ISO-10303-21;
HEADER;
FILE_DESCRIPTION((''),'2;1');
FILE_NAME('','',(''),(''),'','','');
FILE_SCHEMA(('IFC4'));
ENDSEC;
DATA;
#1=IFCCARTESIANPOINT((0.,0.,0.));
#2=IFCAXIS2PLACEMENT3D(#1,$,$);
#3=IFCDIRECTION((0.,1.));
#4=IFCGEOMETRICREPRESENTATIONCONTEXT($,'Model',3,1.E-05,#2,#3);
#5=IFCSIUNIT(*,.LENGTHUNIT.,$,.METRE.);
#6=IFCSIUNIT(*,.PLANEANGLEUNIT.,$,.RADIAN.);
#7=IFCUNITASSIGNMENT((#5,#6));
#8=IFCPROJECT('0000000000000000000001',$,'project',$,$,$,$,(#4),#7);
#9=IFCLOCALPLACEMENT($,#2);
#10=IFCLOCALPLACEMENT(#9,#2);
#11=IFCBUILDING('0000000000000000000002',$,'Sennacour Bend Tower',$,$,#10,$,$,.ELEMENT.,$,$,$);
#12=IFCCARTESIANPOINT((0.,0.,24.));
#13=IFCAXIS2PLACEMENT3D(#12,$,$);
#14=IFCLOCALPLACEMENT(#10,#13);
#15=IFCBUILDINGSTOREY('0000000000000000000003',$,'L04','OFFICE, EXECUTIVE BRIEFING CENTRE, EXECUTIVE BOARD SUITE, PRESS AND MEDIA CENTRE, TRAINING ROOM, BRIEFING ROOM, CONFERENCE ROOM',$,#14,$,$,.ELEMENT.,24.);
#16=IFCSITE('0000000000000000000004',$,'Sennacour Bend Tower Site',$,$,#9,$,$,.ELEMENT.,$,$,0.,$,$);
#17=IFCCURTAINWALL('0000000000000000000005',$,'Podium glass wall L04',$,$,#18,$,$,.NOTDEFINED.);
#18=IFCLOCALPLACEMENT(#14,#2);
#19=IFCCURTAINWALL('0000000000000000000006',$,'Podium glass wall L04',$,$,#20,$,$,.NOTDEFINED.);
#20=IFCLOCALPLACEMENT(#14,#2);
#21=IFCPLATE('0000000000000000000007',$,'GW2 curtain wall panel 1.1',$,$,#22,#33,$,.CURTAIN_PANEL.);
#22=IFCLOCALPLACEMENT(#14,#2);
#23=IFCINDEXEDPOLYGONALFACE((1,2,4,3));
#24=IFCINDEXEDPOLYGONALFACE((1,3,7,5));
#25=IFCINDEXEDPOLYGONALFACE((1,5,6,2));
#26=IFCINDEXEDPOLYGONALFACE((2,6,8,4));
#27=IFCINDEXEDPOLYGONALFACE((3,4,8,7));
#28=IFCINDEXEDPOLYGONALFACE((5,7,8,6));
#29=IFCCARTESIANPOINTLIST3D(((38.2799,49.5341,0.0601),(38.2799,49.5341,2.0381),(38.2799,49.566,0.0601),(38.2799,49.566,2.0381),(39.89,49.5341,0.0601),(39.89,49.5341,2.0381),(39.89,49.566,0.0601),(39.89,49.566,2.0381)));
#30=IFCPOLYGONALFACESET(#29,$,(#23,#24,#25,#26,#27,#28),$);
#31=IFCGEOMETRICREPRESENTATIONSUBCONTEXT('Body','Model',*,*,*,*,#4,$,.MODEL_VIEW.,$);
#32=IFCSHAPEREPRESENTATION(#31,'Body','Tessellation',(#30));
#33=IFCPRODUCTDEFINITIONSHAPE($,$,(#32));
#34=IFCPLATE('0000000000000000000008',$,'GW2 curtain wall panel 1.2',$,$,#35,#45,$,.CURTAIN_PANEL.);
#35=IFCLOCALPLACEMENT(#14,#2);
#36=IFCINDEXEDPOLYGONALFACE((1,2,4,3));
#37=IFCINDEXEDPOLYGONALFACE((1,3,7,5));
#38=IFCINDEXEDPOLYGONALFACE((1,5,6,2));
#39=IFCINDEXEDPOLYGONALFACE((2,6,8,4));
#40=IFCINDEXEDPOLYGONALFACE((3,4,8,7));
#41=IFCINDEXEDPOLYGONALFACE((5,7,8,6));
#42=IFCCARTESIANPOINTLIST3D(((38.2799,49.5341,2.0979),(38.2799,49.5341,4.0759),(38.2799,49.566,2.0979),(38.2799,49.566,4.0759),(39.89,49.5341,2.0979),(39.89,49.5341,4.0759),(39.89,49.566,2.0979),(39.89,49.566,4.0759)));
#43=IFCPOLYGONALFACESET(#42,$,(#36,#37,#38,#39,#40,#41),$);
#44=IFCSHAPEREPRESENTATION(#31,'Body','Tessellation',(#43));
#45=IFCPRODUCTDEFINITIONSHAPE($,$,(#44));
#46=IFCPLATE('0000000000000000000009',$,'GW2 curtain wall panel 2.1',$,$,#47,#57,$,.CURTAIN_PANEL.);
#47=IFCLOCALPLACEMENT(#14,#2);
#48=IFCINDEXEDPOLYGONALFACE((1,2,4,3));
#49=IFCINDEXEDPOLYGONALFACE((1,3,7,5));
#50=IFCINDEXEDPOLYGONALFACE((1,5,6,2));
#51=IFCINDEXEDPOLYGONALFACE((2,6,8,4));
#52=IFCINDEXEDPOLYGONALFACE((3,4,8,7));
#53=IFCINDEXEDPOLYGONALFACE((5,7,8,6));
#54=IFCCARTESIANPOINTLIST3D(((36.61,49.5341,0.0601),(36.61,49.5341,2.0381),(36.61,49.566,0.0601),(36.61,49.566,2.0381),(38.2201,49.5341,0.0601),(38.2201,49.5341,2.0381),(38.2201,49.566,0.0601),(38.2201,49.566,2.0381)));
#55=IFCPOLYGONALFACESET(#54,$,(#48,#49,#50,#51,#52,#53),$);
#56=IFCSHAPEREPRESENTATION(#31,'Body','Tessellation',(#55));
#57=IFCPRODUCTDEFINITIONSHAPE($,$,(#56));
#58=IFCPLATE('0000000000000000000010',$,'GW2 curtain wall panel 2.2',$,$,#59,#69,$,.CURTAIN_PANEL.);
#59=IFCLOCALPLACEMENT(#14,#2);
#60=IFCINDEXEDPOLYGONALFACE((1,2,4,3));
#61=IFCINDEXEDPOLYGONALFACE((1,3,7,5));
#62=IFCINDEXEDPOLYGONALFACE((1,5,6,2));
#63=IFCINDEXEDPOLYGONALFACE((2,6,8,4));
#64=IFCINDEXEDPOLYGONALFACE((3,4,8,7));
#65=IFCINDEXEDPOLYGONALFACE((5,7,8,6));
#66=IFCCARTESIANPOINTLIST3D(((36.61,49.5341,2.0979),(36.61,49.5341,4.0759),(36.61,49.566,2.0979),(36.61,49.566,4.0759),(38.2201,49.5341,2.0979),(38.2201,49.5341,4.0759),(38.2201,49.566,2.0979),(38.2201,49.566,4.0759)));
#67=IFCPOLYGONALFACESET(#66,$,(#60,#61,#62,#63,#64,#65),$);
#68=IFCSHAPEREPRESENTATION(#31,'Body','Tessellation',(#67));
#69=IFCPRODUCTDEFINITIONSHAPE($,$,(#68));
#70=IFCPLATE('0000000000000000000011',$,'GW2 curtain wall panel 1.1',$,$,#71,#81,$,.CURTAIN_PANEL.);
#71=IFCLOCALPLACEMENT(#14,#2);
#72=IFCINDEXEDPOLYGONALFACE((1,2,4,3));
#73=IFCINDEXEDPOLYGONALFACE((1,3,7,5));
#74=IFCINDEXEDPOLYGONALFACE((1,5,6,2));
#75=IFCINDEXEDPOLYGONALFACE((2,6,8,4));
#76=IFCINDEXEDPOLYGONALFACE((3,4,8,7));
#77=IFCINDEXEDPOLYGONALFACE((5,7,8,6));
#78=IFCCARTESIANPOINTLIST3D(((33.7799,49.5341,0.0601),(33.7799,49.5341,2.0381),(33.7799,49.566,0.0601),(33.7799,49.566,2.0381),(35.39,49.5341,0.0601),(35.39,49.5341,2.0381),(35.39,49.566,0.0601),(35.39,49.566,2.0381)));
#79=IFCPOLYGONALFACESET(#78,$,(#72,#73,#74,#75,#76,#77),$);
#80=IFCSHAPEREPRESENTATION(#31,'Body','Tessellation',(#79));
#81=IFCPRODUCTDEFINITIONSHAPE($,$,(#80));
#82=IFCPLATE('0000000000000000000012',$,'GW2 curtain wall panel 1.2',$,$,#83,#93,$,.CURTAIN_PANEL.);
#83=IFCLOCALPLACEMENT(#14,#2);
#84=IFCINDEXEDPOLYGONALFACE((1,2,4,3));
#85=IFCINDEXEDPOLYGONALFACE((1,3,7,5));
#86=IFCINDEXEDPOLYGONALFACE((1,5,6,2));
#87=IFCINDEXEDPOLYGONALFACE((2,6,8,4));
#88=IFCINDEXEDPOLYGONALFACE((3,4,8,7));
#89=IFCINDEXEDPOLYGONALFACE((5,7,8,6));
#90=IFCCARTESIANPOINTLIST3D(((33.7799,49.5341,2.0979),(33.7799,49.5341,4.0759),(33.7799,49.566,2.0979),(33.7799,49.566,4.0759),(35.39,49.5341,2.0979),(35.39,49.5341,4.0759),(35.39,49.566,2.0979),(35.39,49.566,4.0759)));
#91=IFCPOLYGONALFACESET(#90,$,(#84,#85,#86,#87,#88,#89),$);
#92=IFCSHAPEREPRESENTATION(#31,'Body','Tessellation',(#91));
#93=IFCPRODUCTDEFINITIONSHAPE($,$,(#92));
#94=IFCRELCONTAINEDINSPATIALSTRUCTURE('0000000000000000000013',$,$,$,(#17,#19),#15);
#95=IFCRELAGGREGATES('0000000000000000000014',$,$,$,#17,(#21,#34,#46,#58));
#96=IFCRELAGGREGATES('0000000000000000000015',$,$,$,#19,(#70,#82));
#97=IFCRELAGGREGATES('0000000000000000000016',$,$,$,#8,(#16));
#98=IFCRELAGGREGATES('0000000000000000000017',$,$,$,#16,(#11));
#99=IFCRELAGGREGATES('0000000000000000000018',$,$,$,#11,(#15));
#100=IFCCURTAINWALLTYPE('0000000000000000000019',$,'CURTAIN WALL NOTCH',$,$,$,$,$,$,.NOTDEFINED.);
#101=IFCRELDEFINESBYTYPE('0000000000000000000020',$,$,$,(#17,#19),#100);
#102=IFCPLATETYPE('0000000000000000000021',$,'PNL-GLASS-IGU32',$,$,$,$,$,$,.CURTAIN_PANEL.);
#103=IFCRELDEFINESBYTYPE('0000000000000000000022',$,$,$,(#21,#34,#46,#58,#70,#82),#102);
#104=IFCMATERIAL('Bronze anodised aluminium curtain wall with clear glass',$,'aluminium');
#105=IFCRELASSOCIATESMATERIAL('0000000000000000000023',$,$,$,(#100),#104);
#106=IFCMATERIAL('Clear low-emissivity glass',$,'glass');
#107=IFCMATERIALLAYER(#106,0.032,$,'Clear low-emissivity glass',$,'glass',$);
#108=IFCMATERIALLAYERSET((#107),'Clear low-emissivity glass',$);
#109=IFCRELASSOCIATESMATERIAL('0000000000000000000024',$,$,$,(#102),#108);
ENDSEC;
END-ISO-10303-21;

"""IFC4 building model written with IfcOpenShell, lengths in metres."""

from ifc_helpers import new_model, si_unit, direction, frame, origin, origin_2d, place, context, subcontext, project, spatial, rectangle, extrude, material, layer, layer_set, type_object, element, aggregate, save


model = new_model("IFC4")

# Units and contexts
model_context = context("Model", 3, precision=1e-05, world=origin(), true_north=direction((0.0, 1.0)))
body_context = subcontext(model_context, "Body", "Model", "MODEL_VIEW")
ifc_project = project(units=[si_unit("LENGTHUNIT", "METRE"), si_unit("PLANEANGLEUNIT", "RADIAN")], contexts=[model_context])

# Site, building, storey
site_placement = place(None, origin())
site = spatial("IfcSite", under=ifc_project, at=site_placement, Name="Sennacour Bend Tower Site", CompositionType="ELEMENT", RefElevation=0.0)
building_placement = place(site_placement, origin())
building = spatial("IfcBuilding", under=site, at=building_placement, Name="Sennacour Bend Tower", CompositionType="ELEMENT")
storey_placement = place(building_placement, frame((0.0, 0.0, 24.0)))
storey = spatial("IfcBuildingStorey", under=building, at=storey_placement, Name="L04", Description="OFFICE, EXECUTIVE BRIEFING CENTRE, EXECUTIVE BOARD SUITE, PRESS AND MEDIA CENTRE, TRAINING ROOM, BRIEFING ROOM, CONFERENCE ROOM", CompositionType="ELEMENT", Elevation=24.0)

# Curtain walls
ifc_material_1 = material(Name="Bronze anodised aluminium curtain wall with clear glass", Category="aluminium")
curtain_wall_type = type_object("IfcCurtainWallType", Name="CURTAIN WALL NOTCH", PredefinedType="NOTDEFINED", material=ifc_material_1)
curtain_wall_1_placement = place(storey_placement, origin())
curtain_wall_1 = element("IfcCurtainWall", 1, at=curtain_wall_1_placement, inside=storey, type_object=curtain_wall_type, Name="Podium glass wall L04", PredefinedType="NOTDEFINED")
curtain_wall_2_placement = place(storey_placement, origin())
curtain_wall_2 = element("IfcCurtainWall", 2, at=curtain_wall_2_placement, inside=storey, type_object=curtain_wall_type, Name="Podium glass wall L04", PredefinedType="NOTDEFINED")

# Plates
ifc_material_2 = material(Name="Clear low-emissivity glass", Category="glass")
ifc_layer = layer(ifc_material_2, 0.032, Name="Clear low-emissivity glass", Category="glass")
ifc_layer_set = layer_set([ifc_layer], Name="Clear low-emissivity glass")
plate_type = type_object("IfcPlateType", Name="PNL-GLASS-IGU32", PredefinedType="CURTAIN_PANEL", material=ifc_layer_set)
plate_1_placement = place(storey_placement, frame((39.085, 49.55, 0.0601), z_axis=(0.0, 0.0, 1.0), x_axis=(-1.0, 0.0, 0.0)))
plate_1 = element("IfcPlate", 3, at=plate_1_placement, type_object=plate_type, Name="GW2 curtain wall panel 1.1", PredefinedType="CURTAIN_PANEL", context=body_context, shape_type="SweptSolid", body=[
    extrude(rectangle(XDim=1.6101, YDim=0.032, at=origin_2d()), origin(), (0.0, 0.0, 1.0), 1.978),
])
plate_2_placement = place(storey_placement, frame((39.085, 49.55, 2.0979), z_axis=(0.0, 0.0, 1.0), x_axis=(-1.0, 0.0, 0.0)))
plate_2 = element("IfcPlate", 4, at=plate_2_placement, type_object=plate_type, Name="GW2 curtain wall panel 1.2", PredefinedType="CURTAIN_PANEL", context=body_context, shape_type="SweptSolid", body=[
    extrude(rectangle(XDim=1.6101, YDim=0.032, at=origin_2d()), origin(), (0.0, 0.0, 1.0), 1.978),
])
plate_3_placement = place(storey_placement, frame((37.415, 49.55, 0.0601), z_axis=(0.0, 0.0, 1.0), x_axis=(-1.0, 0.0, 0.0)))
plate_3 = element("IfcPlate", 5, at=plate_3_placement, type_object=plate_type, Name="GW2 curtain wall panel 2.1", PredefinedType="CURTAIN_PANEL", context=body_context, shape_type="SweptSolid", body=[
    extrude(rectangle(XDim=1.6101, YDim=0.032, at=origin_2d()), origin(), (0.0, 0.0, 1.0), 1.978),
])
plate_4_placement = place(storey_placement, frame((37.415, 49.55, 2.0979), z_axis=(0.0, 0.0, 1.0), x_axis=(-1.0, 0.0, 0.0)))
plate_4 = element("IfcPlate", 6, at=plate_4_placement, type_object=plate_type, Name="GW2 curtain wall panel 2.2", PredefinedType="CURTAIN_PANEL", context=body_context, shape_type="SweptSolid", body=[
    extrude(rectangle(XDim=1.6101, YDim=0.032, at=origin_2d()), origin(), (0.0, 0.0, 1.0), 1.978),
])
aggregate(curtain_wall_1, [plate_1, plate_2, plate_3, plate_4])
plate_5_placement = place(storey_placement, frame((34.585, 49.55, 0.0601), z_axis=(0.0, 0.0, 1.0), x_axis=(-1.0, 0.0, 0.0)))
plate_5 = element("IfcPlate", 7, at=plate_5_placement, type_object=plate_type, Name="GW2 curtain wall panel 1.1", PredefinedType="CURTAIN_PANEL", context=body_context, shape_type="SweptSolid", body=[
    extrude(rectangle(XDim=1.6101, YDim=0.032, at=origin_2d()), origin(), (0.0, 0.0, 1.0), 1.978),
])
plate_6_placement = place(storey_placement, frame((34.585, 49.55, 2.0979), z_axis=(0.0, 0.0, 1.0), x_axis=(-1.0, 0.0, 0.0)))
plate_6 = element("IfcPlate", 8, at=plate_6_placement, type_object=plate_type, Name="GW2 curtain wall panel 1.2", PredefinedType="CURTAIN_PANEL", context=body_context, shape_type="SweptSolid", body=[
    extrude(rectangle(XDim=1.6101, YDim=0.032, at=origin_2d()), origin(), (0.0, 0.0, 1.0), 1.978),
])
aggregate(curtain_wall_2, [plate_5, plate_6])

save(model, "model.ifc")
